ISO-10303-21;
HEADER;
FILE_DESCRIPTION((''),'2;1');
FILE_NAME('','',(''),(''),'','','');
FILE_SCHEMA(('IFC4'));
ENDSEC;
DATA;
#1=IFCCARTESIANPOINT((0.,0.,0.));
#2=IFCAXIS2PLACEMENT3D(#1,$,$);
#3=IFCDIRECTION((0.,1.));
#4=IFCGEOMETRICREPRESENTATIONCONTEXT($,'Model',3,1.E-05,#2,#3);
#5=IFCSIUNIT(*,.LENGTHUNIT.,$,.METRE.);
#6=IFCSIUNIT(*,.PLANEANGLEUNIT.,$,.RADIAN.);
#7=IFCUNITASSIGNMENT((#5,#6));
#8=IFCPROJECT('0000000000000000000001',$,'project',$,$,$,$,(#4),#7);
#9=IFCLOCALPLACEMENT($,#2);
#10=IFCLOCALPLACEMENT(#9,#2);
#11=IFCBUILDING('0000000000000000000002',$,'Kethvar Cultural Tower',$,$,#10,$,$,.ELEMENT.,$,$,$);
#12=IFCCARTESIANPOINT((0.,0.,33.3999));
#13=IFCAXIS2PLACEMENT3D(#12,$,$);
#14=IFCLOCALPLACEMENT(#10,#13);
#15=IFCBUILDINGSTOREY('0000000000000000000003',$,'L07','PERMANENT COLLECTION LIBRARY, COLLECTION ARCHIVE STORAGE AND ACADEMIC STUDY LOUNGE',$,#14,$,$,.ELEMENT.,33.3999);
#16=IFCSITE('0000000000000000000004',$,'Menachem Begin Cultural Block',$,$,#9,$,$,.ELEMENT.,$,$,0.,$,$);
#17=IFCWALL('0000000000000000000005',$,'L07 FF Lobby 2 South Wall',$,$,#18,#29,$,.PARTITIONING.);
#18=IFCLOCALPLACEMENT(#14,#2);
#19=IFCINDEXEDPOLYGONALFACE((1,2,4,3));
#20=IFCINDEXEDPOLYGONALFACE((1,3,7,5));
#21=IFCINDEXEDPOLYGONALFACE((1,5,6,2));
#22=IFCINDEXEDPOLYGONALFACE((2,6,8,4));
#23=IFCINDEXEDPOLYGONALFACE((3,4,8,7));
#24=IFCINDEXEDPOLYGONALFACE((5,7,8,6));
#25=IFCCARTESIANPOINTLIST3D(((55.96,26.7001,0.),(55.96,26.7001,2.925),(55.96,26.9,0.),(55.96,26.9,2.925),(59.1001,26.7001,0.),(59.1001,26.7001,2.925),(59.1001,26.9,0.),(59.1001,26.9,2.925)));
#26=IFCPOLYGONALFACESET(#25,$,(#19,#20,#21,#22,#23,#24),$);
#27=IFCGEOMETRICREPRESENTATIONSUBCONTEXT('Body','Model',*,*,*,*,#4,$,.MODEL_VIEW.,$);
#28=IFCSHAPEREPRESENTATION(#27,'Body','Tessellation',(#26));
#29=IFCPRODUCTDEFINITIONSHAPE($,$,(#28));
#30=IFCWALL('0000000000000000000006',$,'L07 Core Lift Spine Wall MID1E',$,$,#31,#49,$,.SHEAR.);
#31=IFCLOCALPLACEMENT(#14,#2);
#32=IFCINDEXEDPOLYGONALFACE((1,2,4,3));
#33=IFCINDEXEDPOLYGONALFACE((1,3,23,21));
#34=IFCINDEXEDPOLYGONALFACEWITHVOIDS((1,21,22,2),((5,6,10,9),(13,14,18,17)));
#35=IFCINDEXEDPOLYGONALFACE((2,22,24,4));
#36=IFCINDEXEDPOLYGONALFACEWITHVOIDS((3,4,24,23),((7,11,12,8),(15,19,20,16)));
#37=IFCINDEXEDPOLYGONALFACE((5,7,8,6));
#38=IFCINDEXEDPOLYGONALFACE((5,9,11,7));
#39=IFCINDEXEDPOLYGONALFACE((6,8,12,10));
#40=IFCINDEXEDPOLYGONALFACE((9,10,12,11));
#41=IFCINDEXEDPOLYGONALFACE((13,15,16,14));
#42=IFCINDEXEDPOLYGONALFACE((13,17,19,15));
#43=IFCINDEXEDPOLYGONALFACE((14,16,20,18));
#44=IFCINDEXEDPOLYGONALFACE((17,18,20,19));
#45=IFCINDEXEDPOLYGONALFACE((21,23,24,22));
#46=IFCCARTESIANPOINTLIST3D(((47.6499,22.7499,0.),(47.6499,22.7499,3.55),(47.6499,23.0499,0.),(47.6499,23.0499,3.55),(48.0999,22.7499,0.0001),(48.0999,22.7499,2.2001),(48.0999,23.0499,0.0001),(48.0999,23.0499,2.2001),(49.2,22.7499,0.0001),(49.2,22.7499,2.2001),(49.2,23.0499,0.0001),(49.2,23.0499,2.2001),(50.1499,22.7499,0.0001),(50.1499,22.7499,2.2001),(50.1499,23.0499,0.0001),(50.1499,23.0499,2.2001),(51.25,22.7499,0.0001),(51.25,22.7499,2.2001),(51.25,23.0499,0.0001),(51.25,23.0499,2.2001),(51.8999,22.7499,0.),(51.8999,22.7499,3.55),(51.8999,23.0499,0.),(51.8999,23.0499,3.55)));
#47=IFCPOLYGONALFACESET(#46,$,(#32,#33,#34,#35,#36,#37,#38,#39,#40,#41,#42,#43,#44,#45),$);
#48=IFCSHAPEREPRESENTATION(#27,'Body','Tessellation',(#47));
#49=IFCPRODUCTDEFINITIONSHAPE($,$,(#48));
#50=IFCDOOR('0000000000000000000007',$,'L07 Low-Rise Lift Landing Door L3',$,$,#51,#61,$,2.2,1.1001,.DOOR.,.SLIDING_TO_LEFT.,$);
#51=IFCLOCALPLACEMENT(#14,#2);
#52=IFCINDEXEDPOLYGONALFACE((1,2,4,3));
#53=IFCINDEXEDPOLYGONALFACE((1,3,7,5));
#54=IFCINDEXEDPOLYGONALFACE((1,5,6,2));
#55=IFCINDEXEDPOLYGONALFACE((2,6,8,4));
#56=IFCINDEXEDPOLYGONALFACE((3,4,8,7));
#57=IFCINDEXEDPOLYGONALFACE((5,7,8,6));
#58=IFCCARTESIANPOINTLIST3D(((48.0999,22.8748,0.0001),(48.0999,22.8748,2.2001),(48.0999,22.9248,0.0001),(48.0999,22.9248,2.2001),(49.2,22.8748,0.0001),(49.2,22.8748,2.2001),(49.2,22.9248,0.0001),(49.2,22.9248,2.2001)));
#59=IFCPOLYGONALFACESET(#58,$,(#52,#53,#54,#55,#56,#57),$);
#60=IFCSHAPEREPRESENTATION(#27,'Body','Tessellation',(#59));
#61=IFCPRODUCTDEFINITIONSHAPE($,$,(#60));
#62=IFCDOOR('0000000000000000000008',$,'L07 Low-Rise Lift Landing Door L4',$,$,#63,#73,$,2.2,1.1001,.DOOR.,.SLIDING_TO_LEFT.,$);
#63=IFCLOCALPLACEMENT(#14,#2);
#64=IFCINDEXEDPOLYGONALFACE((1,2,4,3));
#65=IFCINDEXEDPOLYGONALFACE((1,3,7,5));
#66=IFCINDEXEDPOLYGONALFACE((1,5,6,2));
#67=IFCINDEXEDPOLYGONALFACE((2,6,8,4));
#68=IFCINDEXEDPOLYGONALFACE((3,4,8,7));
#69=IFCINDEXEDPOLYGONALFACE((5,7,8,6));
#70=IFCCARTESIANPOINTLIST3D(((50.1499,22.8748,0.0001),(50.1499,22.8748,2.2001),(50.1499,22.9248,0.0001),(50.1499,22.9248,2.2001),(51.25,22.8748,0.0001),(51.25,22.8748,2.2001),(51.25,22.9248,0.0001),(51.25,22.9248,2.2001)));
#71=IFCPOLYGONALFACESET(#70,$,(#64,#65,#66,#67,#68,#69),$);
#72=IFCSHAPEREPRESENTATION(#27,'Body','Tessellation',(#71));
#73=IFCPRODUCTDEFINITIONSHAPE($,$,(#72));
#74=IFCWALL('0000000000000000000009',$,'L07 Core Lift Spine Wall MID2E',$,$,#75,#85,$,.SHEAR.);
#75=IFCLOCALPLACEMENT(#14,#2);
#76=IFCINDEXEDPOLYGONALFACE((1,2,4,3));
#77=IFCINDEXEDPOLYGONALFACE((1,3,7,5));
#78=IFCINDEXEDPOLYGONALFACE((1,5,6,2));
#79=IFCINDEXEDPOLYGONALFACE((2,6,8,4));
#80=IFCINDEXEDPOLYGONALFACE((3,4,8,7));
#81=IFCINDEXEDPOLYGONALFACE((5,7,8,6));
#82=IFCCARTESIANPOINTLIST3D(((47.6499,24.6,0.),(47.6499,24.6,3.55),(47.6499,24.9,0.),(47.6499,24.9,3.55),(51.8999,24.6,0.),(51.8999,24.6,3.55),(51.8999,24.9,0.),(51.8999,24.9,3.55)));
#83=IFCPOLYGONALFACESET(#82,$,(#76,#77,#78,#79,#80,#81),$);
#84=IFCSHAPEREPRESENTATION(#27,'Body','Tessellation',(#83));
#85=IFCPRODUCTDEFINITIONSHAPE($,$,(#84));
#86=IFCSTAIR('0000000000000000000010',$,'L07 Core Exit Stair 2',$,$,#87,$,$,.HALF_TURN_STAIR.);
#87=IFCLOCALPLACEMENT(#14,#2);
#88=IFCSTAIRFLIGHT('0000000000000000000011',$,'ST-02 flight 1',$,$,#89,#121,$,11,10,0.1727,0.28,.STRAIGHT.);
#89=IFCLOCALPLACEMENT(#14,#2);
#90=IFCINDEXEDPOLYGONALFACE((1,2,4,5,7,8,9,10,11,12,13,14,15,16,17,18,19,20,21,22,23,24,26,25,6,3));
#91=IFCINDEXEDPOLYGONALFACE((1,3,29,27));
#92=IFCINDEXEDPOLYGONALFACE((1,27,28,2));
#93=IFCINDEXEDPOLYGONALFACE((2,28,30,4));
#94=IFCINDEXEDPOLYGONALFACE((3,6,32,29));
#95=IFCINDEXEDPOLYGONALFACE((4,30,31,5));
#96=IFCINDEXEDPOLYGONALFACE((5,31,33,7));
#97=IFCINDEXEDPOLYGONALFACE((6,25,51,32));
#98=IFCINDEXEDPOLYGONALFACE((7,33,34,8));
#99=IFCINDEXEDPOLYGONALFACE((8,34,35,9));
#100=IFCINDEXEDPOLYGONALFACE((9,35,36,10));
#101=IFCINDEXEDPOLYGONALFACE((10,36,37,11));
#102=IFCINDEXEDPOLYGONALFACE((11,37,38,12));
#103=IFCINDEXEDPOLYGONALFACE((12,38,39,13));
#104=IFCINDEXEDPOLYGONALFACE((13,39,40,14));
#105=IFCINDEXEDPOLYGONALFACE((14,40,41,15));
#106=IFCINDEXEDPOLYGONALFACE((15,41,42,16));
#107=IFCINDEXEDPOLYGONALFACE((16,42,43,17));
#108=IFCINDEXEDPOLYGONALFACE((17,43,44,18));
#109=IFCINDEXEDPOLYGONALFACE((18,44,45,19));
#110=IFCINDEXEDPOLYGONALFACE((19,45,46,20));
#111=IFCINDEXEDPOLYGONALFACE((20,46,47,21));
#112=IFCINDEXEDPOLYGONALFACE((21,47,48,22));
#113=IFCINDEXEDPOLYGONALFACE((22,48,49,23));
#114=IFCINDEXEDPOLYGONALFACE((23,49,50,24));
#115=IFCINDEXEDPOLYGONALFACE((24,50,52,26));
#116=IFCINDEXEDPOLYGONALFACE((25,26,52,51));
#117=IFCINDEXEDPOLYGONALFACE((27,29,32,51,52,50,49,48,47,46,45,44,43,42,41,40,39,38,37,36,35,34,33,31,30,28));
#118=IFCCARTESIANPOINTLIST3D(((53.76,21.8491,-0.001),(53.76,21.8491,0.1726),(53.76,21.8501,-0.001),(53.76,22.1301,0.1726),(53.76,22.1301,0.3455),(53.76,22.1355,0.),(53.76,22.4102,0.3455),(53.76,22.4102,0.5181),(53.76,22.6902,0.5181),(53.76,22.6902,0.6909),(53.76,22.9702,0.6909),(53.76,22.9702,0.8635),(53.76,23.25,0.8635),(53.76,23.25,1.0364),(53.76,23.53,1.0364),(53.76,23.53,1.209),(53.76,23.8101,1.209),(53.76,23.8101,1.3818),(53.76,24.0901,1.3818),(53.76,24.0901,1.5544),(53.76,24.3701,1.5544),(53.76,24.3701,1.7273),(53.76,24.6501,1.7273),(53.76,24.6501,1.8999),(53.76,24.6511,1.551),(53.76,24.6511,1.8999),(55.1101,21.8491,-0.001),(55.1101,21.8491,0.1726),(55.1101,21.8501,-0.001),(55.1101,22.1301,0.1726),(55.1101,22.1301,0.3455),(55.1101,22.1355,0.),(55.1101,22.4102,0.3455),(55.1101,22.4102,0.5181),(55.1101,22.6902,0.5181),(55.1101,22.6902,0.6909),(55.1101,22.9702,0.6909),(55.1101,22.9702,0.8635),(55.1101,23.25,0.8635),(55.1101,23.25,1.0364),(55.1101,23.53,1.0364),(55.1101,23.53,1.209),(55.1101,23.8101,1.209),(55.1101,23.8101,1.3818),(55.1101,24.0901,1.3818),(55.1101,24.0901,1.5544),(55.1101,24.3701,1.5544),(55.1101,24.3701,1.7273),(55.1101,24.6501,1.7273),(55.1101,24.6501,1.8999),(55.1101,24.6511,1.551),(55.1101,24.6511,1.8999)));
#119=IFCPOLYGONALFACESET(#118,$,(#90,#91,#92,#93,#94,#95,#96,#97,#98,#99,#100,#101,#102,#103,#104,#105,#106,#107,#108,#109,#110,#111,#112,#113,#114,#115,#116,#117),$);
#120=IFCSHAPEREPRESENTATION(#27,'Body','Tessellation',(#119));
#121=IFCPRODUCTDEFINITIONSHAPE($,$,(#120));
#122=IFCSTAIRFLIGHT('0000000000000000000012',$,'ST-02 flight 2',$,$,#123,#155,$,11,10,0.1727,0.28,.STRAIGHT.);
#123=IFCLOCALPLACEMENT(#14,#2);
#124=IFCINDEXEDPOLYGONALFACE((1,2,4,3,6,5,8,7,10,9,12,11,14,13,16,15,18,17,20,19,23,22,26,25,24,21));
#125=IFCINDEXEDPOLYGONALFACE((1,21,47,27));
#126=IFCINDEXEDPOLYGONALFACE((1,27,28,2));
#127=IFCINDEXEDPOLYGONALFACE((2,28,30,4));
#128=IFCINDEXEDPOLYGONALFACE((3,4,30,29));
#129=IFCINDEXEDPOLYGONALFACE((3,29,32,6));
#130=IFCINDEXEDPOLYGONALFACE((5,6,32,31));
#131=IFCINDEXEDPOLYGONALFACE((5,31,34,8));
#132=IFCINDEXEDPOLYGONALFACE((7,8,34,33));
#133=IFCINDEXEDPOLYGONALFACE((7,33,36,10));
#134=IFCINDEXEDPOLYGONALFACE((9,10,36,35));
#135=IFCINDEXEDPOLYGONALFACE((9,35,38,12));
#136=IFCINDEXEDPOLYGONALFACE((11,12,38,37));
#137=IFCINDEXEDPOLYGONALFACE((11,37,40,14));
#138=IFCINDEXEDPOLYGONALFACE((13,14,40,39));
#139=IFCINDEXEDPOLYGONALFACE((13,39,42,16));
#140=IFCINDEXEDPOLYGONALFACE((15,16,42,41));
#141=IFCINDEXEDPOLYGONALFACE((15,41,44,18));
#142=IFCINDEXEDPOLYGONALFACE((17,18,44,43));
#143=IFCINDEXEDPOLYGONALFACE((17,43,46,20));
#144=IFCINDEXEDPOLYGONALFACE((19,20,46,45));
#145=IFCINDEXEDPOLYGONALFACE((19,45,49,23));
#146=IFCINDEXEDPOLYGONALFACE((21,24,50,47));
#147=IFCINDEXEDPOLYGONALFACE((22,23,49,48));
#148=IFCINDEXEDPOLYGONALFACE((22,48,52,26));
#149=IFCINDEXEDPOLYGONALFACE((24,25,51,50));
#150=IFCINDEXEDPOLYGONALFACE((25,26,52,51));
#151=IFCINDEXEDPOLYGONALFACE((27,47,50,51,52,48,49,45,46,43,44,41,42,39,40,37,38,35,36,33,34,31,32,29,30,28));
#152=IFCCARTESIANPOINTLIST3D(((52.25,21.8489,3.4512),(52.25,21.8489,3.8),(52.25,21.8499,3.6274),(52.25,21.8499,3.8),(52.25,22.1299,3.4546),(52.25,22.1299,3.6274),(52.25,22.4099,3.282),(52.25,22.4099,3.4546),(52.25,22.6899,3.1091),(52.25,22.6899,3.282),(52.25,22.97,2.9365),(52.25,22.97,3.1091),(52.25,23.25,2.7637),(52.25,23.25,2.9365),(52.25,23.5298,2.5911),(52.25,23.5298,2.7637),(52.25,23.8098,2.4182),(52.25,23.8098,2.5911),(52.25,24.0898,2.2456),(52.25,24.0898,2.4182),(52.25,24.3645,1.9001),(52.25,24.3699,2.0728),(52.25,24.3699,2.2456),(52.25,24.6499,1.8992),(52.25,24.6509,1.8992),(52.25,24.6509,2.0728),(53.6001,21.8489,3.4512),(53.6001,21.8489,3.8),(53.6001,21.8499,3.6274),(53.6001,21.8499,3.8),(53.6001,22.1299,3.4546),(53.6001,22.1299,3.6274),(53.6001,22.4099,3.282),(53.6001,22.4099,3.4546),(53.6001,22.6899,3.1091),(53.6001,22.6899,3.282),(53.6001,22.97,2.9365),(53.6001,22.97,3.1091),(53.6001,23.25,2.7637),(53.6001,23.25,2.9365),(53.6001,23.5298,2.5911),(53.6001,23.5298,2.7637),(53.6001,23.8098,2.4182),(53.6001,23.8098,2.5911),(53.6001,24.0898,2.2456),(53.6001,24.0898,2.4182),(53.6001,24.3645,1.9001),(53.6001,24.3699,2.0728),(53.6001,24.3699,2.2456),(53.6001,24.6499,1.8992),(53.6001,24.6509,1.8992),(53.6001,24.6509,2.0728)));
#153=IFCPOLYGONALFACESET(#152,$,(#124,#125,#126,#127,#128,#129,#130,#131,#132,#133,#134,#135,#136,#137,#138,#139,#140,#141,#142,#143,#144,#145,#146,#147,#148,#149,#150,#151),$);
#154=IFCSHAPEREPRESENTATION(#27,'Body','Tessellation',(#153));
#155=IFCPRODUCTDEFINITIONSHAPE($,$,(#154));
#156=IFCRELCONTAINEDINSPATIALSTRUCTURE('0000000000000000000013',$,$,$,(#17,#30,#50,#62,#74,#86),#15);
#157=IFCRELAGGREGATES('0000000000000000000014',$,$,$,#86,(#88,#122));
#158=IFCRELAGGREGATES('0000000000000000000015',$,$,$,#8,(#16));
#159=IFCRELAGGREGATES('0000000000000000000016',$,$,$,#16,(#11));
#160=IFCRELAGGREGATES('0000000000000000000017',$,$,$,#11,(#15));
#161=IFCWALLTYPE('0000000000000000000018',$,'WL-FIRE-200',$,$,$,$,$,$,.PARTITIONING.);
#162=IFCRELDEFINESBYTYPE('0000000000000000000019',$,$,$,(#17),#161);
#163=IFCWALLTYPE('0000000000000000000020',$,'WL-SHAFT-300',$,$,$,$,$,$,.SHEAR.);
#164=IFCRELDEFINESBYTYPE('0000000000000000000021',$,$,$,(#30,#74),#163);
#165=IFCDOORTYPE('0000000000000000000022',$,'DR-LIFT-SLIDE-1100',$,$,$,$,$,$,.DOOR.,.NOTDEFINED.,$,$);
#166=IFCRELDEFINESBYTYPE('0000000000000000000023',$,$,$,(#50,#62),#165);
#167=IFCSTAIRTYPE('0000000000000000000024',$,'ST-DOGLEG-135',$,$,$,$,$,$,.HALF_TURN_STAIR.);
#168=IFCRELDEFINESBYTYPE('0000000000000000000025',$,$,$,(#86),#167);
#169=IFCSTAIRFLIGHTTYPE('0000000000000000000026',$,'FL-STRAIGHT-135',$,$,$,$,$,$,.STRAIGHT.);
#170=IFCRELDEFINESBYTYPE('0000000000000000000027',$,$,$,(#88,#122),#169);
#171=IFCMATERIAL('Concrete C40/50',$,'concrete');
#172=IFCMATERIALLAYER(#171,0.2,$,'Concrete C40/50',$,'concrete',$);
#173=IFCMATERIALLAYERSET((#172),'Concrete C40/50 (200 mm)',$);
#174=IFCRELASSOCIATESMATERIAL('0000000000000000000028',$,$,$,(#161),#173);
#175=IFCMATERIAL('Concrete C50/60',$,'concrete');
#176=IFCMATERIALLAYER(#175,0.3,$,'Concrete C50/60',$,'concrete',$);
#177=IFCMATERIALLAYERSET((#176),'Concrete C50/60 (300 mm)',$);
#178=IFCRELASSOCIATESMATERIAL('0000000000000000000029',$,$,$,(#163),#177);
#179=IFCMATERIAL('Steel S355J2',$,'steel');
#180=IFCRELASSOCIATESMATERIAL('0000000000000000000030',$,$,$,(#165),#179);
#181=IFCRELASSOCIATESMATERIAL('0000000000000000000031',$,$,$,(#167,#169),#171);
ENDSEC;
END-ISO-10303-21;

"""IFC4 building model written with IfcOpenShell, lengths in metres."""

from ifc_helpers import new_model, si_unit, direction, frame, frame_2d, origin, place, context, subcontext, project, spatial, polyline, rectangle, outline, extrude, source, transform, mapped, material, layer, layer_set, type_object, element, fill, aggregate, save


model = new_model("IFC4")

# Units and contexts
model_context = context("Model", 3, precision=1e-05, world=origin(), true_north=direction((0.0, 1.0)))
body_context = subcontext(model_context, "Body", "Model", "MODEL_VIEW")
ifc_project = project(units=[si_unit("LENGTHUNIT", "METRE"), si_unit("PLANEANGLEUNIT", "RADIAN")], contexts=[model_context])

# Site, building, storey
site_placement = place(None, origin())
site = spatial("IfcSite", under=ifc_project, at=site_placement, Name="Menachem Begin Cultural Block", CompositionType="ELEMENT", RefElevation=0.0)
building_placement = place(site_placement, origin())
building = spatial("IfcBuilding", under=site, at=building_placement, Name="Kethvar Cultural Tower", CompositionType="ELEMENT")
storey_placement = place(building_placement, frame((0.0, 0.0, 33.3999)))
storey = spatial("IfcBuildingStorey", under=building, at=storey_placement, Name="L07", Description="PERMANENT COLLECTION LIBRARY, COLLECTION ARCHIVE STORAGE AND ACADEMIC STUDY LOUNGE", CompositionType="ELEMENT", Elevation=33.3999)

# Shared definitions
ifc_material_1 = material(Name="Steel S355J2", Category="steel")

# Wall
ifc_material_2 = material(Name="Concrete C40/50", Category="concrete")
ifc_layer_1 = layer(ifc_material_2, 0.2, Name="Concrete C40/50", Category="concrete")
ifc_layer_set_1 = layer_set([ifc_layer_1], Name="Concrete C40/50 (200 mm)")
wall_type_1 = type_object("IfcWallType", Name="WL-FIRE-200", PredefinedType="PARTITIONING", material=ifc_layer_set_1)
wall_1_placement = place(storey_placement, frame((55.96, 26.8, 0.0), z_axis=(0.0, 0.0, 1.0), x_axis=(1.0, 0.0, 0.0)))
element("IfcWall", 1, at=wall_1_placement, inside=storey, type_object=wall_type_1, Name="L07 FF Lobby 2 South Wall", PredefinedType="PARTITIONING", context=body_context, shape_type="SweptSolid", body=[
    extrude(rectangle(XDim=3.1401, YDim=0.2, at=frame_2d((1.5701, 0.0))), origin(), (0.0, 0.0, 1.0), 2.925),
])

# Wall, openings, doors
ifc_material_3 = material(Name="Concrete C50/60", Category="concrete")
ifc_layer_2 = layer(ifc_material_3, 0.3, Name="Concrete C50/60", Category="concrete")
ifc_layer_set_2 = layer_set([ifc_layer_2], Name="Concrete C50/60 (300 mm)")
wall_type_2 = type_object("IfcWallType", Name="WL-SHAFT-300", PredefinedType="SHEAR", material=ifc_layer_set_2)
wall_2_placement = place(storey_placement, frame((47.6499, 22.8999, 0.0), z_axis=(0.0, 0.0, 1.0), x_axis=(1.0, 0.0, 0.0)))
wall_2 = element("IfcWall", 2, at=wall_2_placement, inside=storey, type_object=wall_type_2, Name="L07 Core Lift Spine Wall MID1E", PredefinedType="SHEAR", context=body_context, shape_type="SweptSolid", body=[
    extrude(rectangle(XDim=4.25, YDim=0.3, at=frame_2d((2.125, 0.0))), origin(), (0.0, 0.0, 1.0), 3.55),
])
opening_1_placement = place(wall_2_placement, frame((0.45, 0.0, 0.0)))
opening_1 = element("IfcOpeningElement", 3, at=opening_1_placement, cuts=wall_2, PredefinedType="OPENING", context=body_context, shape_type="SweptSolid", body=[
    extrude(rectangle(XDim=1.1001, YDim=2.2, at=frame_2d((0.55, 1.1001))), frame((0.0, 0.1599, 0.0), z_axis=(0.0, -1.0, 0.0), x_axis=(1.0, 0.0, 0.0)), (0.0, 0.0, 1.0), 0.3201),
])
opening_2_placement = place(wall_2_placement, frame((2.5, 0.0, 0.0)))
opening_2 = element("IfcOpeningElement", 4, at=opening_2_placement, cuts=wall_2, PredefinedType="OPENING", context=body_context, shape_type="SweptSolid", body=[
    extrude(rectangle(XDim=1.1001, YDim=2.2, at=frame_2d((0.55, 1.1001))), frame((0.0, 0.1599, 0.0), z_axis=(0.0, -1.0, 0.0), x_axis=(1.0, 0.0, 0.0)), (0.0, 0.0, 1.0), 0.3201),
])
door_type = type_object("IfcDoorType", Name="DR-LIFT-SLIDE-1100", OperationType="NOTDEFINED", PredefinedType="DOOR", material=ifc_material_1)
shared_shape_1 = source(origin(), body_context, "Body", "SweptSolid", [
    extrude(rectangle(XDim=1.1001, YDim=2.2, at=frame_2d((0.55, 1.1001))), frame((0.0, 0.0249, 0.0), z_axis=(0.0, -1.0, 0.0), x_axis=(1.0, 0.0, 0.0)), (0.0, 0.0, 1.0), 0.05),
])
door_1_placement = place(opening_1_placement, origin())
door_1 = element("IfcDoor", 5, at=door_1_placement, inside=storey, type_object=door_type, Name="L07 Low-Rise Lift Landing Door L3", OperationType="SLIDING_TO_LEFT", OverallHeight=2.2, OverallWidth=1.1001, PredefinedType="DOOR", context=body_context, shape_type="MappedRepresentation", body=[
    mapped(shared_shape_1, transform((0.0, 0.0, 0.0), scale=1.0)),
])
fill(opening_1, door_1)
door_2_placement = place(opening_2_placement, origin())
door_2 = element("IfcDoor", 6, at=door_2_placement, inside=storey, type_object=door_type, Name="L07 Low-Rise Lift Landing Door L4", OperationType="SLIDING_TO_LEFT", OverallHeight=2.2, OverallWidth=1.1001, PredefinedType="DOOR", context=body_context, shape_type="MappedRepresentation", body=[
    mapped(shared_shape_1, transform((0.0, 0.0, 0.0), scale=1.0)),
])
fill(opening_2, door_2)

# Wall
wall_3_placement = place(storey_placement, frame((47.6499, 24.75, 0.0), z_axis=(0.0, 0.0, 1.0), x_axis=(1.0, 0.0, 0.0)))
element("IfcWall", 7, at=wall_3_placement, inside=storey, type_object=wall_type_2, Name="L07 Core Lift Spine Wall MID2E", PredefinedType="SHEAR", context=body_context, shape_type="SweptSolid", body=[
    extrude(rectangle(XDim=4.25, YDim=0.3, at=frame_2d((2.125, 0.0))), origin(), (0.0, 0.0, 1.0), 3.55),
])

# Stair, stair flights
stair_type = type_object("IfcStairType", Name="ST-DOGLEG-135", PredefinedType="HALF_TURN_STAIR", material=ifc_material_2)
stair_placement = place(storey_placement, origin())
stair = element("IfcStair", 8, at=stair_placement, inside=storey, type_object=stair_type, Name="L07 Core Exit Stair 2", PredefinedType="HALF_TURN_STAIR")
stair_flight_type = type_object("IfcStairFlightType", Name="FL-STRAIGHT-135", PredefinedType="STRAIGHT", material=ifc_material_2)
stair_flight_1_placement = place(storey_placement, frame((54.4351, 21.8501, 0.0), z_axis=(0.0, 0.0, 1.0), x_axis=(0.0, 1.0, 0.0)))
stair_flight_1 = element("IfcStairFlight", 9, at=stair_flight_1_placement, type_object=stair_flight_type, Name="ST-02 flight 1", NumberOfRisers=11, NumberOfTreads=10, PredefinedType="STRAIGHT", RiserHeight=0.1727, TreadLength=0.28, context=body_context, shape_type="SweptSolid", body=[
    extrude(outline(polyline([(-0.001, -0.001), (-0.001, 0.1726), (0.28, 0.1726), (0.28, 0.3455), (0.5601, 0.3455), (0.5601, 0.5181), (0.8401, 0.5181), (0.8401, 0.6909), (1.1201, 0.6909), (1.1201, 0.8635), (1.3999, 0.8635), (1.3999, 1.0364), (1.6799, 1.0364), (1.6799, 1.209), (1.96, 1.209), (1.96, 1.3818), (2.24, 1.3818), (2.24, 1.5544), (2.52, 1.5544), (2.52, 1.7273), (2.8, 1.7273), (2.8, 1.8999), (2.801, 1.8999), (2.801, 1.551), (0.2854, 0.0), (0.0, -0.001), (-0.001, -0.001)])), frame((0.0, 0.675, 0.0), z_axis=(0.0, -1.0, 0.0), x_axis=(1.0, 0.0, 0.0)), (0.0, 0.0, 1.0), 1.3501),
])
stair_flight_2_placement = place(storey_placement, frame((52.925, 24.6499, 1.9001), z_axis=(0.0, 0.0, 1.0), x_axis=(0.0, -1.0, 0.0)))
stair_flight_2 = element("IfcStairFlight", 10, at=stair_flight_2_placement, type_object=stair_flight_type, Name="ST-02 flight 2", NumberOfRisers=11, NumberOfTreads=10, PredefinedType="STRAIGHT", RiserHeight=0.1727, TreadLength=0.28, context=body_context, shape_type="SweptSolid", body=[
    extrude(outline(polyline([(-0.001, -0.001), (-0.001, 0.1726), (0.28, 0.1726), (0.28, 0.3455), (0.5601, 0.3455), (0.5601, 0.5181), (0.8401, 0.5181), (0.8401, 0.6909), (1.1201, 0.6909), (1.1201, 0.8635), (1.3999, 0.8635), (1.3999, 1.0364), (1.6799, 1.0364), (1.6799, 1.209), (1.96, 1.209), (1.96, 1.3818), (2.24, 1.3818), (2.24, 1.5544), (2.52, 1.5544), (2.52, 1.7273), (2.8, 1.7273), (2.8, 1.8999), (2.801, 1.8999), (2.801, 1.551), (0.2854, 0.0), (0.0, -0.001), (-0.001, -0.001)])), frame((0.0, 0.675, 0.0), z_axis=(0.0, -1.0, 0.0), x_axis=(1.0, 0.0, 0.0)), (0.0, 0.0, 1.0), 1.3501),
])
aggregate(stair, [stair_flight_1, stair_flight_2])

save(model, "model.ifc")
